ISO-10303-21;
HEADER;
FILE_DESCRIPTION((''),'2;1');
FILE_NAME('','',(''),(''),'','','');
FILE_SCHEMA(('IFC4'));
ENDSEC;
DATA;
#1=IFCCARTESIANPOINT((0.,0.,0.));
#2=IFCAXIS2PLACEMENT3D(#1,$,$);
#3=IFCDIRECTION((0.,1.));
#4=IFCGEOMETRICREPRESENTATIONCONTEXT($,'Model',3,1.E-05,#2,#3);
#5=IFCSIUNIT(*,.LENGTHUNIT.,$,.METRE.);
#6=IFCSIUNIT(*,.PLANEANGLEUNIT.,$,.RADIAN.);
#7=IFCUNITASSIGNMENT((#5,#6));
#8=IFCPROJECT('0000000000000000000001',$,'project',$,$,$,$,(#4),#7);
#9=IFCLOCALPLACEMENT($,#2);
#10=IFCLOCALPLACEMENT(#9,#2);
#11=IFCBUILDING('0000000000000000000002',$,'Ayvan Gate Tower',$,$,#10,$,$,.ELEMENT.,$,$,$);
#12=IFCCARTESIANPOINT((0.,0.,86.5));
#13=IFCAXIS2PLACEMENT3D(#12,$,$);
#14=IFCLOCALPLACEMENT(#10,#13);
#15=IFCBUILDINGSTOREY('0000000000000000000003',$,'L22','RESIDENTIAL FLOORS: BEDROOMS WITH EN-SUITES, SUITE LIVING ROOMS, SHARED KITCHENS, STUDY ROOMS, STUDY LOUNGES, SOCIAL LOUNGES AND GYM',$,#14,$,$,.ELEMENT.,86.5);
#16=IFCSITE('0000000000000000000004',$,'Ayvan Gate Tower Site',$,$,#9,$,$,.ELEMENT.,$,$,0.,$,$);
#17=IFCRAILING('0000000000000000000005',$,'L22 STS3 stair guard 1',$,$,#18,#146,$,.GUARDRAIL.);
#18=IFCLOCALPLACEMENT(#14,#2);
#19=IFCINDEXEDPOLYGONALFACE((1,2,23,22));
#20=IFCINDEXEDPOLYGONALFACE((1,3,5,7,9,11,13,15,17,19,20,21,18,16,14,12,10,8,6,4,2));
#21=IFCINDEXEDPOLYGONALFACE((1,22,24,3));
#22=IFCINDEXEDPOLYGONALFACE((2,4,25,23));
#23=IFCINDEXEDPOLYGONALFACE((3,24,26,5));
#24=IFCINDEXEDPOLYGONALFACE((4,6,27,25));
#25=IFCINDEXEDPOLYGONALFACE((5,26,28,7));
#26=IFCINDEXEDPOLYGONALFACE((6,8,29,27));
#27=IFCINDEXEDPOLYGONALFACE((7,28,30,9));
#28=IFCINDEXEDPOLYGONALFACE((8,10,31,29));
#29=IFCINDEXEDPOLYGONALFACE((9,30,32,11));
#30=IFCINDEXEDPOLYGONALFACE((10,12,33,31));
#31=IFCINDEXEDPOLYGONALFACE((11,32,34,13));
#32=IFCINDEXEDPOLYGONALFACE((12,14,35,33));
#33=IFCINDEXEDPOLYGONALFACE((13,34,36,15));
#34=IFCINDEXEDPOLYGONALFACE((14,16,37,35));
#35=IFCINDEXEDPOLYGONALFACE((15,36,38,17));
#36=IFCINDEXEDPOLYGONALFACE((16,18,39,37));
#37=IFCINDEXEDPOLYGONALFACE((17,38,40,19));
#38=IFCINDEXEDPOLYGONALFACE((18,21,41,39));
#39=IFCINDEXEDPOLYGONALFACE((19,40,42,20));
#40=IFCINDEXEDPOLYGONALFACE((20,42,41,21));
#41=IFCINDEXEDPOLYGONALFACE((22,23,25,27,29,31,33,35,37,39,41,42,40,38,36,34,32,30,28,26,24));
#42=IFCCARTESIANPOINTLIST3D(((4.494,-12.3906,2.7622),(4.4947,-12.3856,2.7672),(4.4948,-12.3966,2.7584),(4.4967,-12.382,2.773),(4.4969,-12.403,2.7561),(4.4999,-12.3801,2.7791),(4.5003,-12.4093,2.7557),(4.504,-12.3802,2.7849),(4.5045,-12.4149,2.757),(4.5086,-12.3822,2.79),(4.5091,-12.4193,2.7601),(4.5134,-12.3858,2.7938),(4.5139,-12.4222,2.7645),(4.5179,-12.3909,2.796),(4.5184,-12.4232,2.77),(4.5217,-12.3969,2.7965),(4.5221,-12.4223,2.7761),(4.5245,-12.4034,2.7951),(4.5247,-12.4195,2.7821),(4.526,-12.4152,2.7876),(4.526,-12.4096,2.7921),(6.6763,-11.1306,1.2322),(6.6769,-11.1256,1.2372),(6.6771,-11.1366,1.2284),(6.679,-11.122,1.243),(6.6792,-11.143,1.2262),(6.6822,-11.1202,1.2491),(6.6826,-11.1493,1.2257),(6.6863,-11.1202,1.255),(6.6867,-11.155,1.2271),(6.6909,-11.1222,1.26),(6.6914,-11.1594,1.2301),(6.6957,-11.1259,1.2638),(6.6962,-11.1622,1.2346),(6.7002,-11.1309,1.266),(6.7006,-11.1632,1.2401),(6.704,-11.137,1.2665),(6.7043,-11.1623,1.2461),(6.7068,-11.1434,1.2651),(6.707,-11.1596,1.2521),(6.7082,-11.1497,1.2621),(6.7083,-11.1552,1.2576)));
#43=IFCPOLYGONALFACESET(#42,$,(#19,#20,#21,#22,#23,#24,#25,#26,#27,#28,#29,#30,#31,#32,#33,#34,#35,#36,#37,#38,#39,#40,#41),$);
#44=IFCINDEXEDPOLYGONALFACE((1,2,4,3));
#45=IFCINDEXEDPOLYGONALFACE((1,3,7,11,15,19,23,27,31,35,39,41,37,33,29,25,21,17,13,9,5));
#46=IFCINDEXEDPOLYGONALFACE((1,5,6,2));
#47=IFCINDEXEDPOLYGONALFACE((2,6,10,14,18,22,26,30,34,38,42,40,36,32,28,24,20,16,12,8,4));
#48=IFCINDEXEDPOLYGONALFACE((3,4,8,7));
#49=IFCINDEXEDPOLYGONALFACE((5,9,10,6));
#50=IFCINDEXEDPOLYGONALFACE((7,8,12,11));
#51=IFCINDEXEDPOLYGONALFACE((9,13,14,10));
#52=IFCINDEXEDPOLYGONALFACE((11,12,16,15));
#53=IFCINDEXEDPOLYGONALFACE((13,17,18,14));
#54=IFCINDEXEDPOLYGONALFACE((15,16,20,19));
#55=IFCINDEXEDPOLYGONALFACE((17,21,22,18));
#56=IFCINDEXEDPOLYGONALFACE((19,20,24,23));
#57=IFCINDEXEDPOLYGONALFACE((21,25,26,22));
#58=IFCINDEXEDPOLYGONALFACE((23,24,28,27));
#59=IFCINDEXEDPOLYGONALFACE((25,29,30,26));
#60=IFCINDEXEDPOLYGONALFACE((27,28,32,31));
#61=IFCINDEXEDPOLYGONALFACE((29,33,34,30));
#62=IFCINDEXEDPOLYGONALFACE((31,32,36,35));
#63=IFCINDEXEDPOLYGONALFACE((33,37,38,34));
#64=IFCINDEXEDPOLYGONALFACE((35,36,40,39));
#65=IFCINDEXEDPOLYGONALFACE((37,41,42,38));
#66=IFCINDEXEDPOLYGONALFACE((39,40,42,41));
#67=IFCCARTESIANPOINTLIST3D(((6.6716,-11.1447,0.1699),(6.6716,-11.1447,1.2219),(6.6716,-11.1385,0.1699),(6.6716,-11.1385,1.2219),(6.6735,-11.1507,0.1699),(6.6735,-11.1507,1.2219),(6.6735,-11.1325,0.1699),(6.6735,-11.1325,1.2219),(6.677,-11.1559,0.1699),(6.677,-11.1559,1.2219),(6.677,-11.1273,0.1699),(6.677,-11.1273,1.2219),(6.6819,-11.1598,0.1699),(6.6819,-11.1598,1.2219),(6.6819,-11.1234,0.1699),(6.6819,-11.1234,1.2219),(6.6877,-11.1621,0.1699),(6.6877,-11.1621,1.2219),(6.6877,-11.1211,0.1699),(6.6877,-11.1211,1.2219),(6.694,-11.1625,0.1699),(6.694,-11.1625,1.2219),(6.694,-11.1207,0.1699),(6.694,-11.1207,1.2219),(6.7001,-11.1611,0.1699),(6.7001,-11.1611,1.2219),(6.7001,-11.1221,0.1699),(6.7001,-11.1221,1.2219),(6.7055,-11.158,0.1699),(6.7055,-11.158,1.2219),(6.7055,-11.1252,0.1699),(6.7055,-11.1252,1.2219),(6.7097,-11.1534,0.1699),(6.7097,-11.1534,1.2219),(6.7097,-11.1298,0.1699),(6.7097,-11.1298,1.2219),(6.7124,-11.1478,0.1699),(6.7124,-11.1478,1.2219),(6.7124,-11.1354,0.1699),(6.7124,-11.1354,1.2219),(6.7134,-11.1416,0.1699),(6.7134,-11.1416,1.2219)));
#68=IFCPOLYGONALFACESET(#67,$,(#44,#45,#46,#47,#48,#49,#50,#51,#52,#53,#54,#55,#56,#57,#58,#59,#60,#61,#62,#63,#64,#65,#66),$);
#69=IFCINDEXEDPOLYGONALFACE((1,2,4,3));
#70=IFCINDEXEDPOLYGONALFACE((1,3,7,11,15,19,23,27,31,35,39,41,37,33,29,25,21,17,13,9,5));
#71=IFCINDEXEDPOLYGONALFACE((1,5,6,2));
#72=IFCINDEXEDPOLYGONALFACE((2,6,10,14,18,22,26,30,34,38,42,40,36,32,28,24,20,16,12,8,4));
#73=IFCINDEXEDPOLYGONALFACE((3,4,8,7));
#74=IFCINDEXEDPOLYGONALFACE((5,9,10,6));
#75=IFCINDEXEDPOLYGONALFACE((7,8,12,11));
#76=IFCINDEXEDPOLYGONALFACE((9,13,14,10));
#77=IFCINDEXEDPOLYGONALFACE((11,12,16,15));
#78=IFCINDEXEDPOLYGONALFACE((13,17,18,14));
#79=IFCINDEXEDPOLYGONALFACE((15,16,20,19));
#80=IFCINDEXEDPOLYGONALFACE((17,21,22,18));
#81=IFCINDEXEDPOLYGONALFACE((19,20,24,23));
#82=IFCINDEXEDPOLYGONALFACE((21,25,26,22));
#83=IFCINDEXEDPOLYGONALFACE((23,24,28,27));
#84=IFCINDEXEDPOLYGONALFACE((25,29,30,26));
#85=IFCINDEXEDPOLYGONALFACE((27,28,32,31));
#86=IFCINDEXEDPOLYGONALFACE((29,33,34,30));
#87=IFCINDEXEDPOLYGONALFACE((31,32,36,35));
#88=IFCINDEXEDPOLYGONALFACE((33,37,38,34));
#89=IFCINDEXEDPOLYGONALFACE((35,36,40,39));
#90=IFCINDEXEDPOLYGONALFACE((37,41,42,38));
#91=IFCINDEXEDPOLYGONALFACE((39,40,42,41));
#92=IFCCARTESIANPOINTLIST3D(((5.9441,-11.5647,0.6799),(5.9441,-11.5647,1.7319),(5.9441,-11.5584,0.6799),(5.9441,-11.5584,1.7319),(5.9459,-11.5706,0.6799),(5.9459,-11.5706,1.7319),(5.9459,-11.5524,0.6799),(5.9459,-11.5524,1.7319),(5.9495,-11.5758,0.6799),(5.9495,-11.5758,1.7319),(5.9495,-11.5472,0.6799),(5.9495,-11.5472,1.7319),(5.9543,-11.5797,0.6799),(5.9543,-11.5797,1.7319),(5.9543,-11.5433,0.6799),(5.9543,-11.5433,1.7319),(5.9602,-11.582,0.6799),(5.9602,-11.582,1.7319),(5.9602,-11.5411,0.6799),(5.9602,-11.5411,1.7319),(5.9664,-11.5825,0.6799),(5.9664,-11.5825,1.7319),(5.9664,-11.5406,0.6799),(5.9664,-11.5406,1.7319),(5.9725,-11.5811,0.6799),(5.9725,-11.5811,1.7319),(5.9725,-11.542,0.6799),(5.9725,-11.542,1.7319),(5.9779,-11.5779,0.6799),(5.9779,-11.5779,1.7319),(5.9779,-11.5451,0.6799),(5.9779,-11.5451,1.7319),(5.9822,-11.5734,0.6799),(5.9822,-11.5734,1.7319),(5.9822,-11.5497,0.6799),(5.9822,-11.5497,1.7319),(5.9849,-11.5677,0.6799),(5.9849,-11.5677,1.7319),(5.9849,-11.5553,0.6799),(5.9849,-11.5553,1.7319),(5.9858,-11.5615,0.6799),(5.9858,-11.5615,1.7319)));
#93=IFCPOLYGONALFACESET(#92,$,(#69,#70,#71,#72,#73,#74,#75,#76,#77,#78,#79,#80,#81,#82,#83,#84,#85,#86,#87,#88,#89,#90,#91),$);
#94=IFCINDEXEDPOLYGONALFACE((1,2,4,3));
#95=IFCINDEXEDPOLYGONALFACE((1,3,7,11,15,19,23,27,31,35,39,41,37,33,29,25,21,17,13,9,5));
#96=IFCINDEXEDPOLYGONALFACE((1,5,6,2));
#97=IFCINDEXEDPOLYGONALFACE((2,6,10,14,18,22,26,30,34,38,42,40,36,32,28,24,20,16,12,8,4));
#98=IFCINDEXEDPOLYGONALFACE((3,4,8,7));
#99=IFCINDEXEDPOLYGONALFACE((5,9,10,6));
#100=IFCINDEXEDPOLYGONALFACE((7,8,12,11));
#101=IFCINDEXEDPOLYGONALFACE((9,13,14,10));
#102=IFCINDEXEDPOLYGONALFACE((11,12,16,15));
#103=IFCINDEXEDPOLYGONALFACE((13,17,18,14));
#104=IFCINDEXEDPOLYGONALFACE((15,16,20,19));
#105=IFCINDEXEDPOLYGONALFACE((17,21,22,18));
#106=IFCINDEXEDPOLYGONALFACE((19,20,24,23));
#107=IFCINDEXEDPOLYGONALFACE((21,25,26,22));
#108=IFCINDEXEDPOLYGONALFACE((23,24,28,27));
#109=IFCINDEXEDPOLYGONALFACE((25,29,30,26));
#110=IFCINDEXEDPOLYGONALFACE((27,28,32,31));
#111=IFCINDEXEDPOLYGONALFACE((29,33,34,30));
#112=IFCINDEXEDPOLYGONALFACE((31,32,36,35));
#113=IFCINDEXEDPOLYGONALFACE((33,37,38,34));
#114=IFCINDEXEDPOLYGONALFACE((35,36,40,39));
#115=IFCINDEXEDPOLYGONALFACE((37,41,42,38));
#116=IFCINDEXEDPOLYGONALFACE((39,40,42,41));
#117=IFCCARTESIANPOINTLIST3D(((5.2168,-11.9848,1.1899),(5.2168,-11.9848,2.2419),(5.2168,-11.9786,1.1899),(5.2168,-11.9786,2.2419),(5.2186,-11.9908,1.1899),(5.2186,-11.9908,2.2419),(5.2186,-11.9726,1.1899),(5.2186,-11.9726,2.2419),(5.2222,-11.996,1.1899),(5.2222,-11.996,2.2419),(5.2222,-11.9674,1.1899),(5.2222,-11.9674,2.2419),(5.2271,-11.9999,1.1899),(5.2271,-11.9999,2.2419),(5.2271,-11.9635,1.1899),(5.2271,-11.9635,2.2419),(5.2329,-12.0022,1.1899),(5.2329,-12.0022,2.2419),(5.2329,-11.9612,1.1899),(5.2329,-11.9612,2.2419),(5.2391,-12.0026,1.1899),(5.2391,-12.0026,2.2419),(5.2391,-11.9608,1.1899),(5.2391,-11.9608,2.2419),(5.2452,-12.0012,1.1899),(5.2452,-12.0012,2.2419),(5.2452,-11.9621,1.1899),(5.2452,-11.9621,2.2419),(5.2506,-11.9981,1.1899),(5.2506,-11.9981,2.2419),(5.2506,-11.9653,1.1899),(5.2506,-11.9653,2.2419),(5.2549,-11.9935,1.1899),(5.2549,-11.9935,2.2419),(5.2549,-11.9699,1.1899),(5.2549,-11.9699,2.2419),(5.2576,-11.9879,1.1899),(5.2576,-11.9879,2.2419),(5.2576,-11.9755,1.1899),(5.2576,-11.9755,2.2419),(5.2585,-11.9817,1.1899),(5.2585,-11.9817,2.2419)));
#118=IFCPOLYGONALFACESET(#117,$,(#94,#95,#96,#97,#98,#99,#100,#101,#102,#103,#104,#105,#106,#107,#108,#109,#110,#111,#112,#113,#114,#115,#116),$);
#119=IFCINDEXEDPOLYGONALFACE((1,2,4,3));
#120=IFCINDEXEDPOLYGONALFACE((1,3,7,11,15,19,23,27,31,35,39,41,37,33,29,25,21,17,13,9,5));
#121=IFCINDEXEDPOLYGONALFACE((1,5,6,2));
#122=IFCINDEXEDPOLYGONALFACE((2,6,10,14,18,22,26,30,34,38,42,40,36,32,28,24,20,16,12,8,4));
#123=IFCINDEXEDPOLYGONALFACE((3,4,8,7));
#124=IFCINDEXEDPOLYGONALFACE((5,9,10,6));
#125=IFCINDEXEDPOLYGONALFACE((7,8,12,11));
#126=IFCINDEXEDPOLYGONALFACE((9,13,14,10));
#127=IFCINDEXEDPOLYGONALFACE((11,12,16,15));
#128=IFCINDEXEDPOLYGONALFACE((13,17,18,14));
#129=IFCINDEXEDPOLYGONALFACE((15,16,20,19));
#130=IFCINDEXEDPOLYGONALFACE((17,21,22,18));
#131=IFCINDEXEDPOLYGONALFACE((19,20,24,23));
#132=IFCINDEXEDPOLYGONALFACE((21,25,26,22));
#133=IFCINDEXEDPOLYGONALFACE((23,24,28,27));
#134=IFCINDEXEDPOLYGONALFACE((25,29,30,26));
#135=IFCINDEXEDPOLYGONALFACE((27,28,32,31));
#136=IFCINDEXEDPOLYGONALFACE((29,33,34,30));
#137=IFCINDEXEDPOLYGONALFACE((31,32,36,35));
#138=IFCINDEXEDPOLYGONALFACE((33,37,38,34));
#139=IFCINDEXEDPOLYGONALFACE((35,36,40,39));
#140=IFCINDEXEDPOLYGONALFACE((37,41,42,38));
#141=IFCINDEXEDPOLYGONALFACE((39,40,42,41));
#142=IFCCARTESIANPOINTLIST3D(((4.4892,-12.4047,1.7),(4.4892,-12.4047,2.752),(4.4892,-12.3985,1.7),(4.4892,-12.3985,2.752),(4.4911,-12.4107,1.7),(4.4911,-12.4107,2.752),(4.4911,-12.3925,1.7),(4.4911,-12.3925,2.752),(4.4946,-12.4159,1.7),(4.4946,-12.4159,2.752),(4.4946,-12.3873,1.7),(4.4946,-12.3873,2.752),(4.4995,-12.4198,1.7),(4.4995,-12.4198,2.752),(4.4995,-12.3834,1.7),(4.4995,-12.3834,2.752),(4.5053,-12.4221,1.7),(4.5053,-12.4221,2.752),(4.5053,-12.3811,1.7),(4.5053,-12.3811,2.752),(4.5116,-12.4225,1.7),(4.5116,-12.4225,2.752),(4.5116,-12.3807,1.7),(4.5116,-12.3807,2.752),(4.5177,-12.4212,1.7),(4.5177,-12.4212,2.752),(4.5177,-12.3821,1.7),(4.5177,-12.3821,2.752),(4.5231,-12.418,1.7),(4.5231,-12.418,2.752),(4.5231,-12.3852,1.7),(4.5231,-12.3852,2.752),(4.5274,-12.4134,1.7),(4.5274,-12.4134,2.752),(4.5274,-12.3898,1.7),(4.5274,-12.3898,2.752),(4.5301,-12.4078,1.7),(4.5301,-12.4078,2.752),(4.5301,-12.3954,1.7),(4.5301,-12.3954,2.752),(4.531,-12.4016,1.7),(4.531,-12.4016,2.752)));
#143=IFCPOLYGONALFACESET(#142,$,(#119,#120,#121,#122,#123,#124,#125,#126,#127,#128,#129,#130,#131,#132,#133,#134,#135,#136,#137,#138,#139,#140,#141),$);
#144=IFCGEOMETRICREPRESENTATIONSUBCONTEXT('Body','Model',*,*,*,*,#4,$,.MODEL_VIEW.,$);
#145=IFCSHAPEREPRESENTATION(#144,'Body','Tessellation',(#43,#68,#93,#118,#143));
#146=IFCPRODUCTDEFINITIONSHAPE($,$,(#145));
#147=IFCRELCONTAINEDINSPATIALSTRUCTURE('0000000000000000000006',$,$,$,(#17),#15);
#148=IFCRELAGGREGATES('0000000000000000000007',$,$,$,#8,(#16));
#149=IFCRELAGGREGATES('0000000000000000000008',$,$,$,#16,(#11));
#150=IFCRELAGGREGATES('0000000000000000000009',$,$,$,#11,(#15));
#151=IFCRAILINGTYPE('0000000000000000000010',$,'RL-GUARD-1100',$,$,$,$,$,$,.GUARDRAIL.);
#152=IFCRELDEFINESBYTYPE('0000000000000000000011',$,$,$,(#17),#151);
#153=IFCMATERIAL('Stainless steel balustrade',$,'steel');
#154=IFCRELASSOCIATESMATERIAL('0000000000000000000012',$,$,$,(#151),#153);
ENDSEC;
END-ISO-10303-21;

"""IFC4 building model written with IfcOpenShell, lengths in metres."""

from ifc_helpers import new_model, si_unit, direction, frame, origin, origin_2d, place, context, subcontext, project, spatial, circle, extrude, material, type_object, element, save


model = new_model("IFC4")

# Units and contexts
model_context = context("Model", 3, precision=1e-05, world=origin(), true_north=direction((0.0, 1.0)))
body_context = subcontext(model_context, "Body", "Model", "MODEL_VIEW")
ifc_project = project(units=[si_unit("LENGTHUNIT", "METRE"), si_unit("PLANEANGLEUNIT", "RADIAN")], contexts=[model_context])

# Site, building, storey
site_placement = place(None, origin())
site = spatial("IfcSite", under=ifc_project, at=site_placement, Name="Ayvan Gate Tower Site", CompositionType="ELEMENT", RefElevation=0.0)
building_placement = place(site_placement, origin())
building = spatial("IfcBuilding", under=site, at=building_placement, Name="Ayvan Gate Tower", CompositionType="ELEMENT")
storey_placement = place(building_placement, frame((0.0, 0.0, 86.5)))
storey = spatial("IfcBuildingStorey", under=building, at=storey_placement, Name="L22", Description="RESIDENTIAL FLOORS: BEDROOMS WITH EN-SUITES, SUITE LIVING ROOMS, SHARED KITCHENS, STUDY ROOMS, STUDY LOUNGES, SOCIAL LOUNGES AND GYM", CompositionType="ELEMENT", Elevation=86.5)

# Railing
ifc_material_1 = material(Name="Stainless steel balustrade", Category="steel")
railing_type_1 = type_object("IfcRailingType", Name="RL-GUARD-1100", PredefinedType="GUARDRAIL", material=ifc_material_1)
railing_1_placement = place(storey_placement, frame((6.6924, -11.1416, 0.1699)))
element("IfcRailing", 1, at=railing_1_placement, inside=storey, type_object=railing_type_1, Name="L22 STS3 stair guard 1", PredefinedType="GUARDRAIL", context=body_context, shape_type="SweptSolid", body=[
    extrude(circle(Radius=0.0239, at=origin_2d()), frame((0.0, 0.0, 1.0762), z_axis=(-0.740261, -0.427395, 0.518986), x_axis=(0.500005, -0.866023, 0.0)), (0.0, 0.0, 1.0), 2.948),
    extrude(circle(Radius=0.021, at=origin_2d()), origin(), (0.0, 0.0, 1.0), 1.052),
    extrude(circle(Radius=0.021, at=origin_2d()), frame((-0.7275, -0.4199, 0.51)), (0.0, 0.0, 1.0), 1.052),
    extrude(circle(Radius=0.021, at=origin_2d()), frame((-1.4548, -0.8401, 1.02)), (0.0, 0.0, 1.0), 1.052),
    extrude(circle(Radius=0.021, at=origin_2d()), frame((-2.1824, -1.26, 1.53)), (0.0, 0.0, 1.0), 1.052),
])

save(model, "model.ifc")
